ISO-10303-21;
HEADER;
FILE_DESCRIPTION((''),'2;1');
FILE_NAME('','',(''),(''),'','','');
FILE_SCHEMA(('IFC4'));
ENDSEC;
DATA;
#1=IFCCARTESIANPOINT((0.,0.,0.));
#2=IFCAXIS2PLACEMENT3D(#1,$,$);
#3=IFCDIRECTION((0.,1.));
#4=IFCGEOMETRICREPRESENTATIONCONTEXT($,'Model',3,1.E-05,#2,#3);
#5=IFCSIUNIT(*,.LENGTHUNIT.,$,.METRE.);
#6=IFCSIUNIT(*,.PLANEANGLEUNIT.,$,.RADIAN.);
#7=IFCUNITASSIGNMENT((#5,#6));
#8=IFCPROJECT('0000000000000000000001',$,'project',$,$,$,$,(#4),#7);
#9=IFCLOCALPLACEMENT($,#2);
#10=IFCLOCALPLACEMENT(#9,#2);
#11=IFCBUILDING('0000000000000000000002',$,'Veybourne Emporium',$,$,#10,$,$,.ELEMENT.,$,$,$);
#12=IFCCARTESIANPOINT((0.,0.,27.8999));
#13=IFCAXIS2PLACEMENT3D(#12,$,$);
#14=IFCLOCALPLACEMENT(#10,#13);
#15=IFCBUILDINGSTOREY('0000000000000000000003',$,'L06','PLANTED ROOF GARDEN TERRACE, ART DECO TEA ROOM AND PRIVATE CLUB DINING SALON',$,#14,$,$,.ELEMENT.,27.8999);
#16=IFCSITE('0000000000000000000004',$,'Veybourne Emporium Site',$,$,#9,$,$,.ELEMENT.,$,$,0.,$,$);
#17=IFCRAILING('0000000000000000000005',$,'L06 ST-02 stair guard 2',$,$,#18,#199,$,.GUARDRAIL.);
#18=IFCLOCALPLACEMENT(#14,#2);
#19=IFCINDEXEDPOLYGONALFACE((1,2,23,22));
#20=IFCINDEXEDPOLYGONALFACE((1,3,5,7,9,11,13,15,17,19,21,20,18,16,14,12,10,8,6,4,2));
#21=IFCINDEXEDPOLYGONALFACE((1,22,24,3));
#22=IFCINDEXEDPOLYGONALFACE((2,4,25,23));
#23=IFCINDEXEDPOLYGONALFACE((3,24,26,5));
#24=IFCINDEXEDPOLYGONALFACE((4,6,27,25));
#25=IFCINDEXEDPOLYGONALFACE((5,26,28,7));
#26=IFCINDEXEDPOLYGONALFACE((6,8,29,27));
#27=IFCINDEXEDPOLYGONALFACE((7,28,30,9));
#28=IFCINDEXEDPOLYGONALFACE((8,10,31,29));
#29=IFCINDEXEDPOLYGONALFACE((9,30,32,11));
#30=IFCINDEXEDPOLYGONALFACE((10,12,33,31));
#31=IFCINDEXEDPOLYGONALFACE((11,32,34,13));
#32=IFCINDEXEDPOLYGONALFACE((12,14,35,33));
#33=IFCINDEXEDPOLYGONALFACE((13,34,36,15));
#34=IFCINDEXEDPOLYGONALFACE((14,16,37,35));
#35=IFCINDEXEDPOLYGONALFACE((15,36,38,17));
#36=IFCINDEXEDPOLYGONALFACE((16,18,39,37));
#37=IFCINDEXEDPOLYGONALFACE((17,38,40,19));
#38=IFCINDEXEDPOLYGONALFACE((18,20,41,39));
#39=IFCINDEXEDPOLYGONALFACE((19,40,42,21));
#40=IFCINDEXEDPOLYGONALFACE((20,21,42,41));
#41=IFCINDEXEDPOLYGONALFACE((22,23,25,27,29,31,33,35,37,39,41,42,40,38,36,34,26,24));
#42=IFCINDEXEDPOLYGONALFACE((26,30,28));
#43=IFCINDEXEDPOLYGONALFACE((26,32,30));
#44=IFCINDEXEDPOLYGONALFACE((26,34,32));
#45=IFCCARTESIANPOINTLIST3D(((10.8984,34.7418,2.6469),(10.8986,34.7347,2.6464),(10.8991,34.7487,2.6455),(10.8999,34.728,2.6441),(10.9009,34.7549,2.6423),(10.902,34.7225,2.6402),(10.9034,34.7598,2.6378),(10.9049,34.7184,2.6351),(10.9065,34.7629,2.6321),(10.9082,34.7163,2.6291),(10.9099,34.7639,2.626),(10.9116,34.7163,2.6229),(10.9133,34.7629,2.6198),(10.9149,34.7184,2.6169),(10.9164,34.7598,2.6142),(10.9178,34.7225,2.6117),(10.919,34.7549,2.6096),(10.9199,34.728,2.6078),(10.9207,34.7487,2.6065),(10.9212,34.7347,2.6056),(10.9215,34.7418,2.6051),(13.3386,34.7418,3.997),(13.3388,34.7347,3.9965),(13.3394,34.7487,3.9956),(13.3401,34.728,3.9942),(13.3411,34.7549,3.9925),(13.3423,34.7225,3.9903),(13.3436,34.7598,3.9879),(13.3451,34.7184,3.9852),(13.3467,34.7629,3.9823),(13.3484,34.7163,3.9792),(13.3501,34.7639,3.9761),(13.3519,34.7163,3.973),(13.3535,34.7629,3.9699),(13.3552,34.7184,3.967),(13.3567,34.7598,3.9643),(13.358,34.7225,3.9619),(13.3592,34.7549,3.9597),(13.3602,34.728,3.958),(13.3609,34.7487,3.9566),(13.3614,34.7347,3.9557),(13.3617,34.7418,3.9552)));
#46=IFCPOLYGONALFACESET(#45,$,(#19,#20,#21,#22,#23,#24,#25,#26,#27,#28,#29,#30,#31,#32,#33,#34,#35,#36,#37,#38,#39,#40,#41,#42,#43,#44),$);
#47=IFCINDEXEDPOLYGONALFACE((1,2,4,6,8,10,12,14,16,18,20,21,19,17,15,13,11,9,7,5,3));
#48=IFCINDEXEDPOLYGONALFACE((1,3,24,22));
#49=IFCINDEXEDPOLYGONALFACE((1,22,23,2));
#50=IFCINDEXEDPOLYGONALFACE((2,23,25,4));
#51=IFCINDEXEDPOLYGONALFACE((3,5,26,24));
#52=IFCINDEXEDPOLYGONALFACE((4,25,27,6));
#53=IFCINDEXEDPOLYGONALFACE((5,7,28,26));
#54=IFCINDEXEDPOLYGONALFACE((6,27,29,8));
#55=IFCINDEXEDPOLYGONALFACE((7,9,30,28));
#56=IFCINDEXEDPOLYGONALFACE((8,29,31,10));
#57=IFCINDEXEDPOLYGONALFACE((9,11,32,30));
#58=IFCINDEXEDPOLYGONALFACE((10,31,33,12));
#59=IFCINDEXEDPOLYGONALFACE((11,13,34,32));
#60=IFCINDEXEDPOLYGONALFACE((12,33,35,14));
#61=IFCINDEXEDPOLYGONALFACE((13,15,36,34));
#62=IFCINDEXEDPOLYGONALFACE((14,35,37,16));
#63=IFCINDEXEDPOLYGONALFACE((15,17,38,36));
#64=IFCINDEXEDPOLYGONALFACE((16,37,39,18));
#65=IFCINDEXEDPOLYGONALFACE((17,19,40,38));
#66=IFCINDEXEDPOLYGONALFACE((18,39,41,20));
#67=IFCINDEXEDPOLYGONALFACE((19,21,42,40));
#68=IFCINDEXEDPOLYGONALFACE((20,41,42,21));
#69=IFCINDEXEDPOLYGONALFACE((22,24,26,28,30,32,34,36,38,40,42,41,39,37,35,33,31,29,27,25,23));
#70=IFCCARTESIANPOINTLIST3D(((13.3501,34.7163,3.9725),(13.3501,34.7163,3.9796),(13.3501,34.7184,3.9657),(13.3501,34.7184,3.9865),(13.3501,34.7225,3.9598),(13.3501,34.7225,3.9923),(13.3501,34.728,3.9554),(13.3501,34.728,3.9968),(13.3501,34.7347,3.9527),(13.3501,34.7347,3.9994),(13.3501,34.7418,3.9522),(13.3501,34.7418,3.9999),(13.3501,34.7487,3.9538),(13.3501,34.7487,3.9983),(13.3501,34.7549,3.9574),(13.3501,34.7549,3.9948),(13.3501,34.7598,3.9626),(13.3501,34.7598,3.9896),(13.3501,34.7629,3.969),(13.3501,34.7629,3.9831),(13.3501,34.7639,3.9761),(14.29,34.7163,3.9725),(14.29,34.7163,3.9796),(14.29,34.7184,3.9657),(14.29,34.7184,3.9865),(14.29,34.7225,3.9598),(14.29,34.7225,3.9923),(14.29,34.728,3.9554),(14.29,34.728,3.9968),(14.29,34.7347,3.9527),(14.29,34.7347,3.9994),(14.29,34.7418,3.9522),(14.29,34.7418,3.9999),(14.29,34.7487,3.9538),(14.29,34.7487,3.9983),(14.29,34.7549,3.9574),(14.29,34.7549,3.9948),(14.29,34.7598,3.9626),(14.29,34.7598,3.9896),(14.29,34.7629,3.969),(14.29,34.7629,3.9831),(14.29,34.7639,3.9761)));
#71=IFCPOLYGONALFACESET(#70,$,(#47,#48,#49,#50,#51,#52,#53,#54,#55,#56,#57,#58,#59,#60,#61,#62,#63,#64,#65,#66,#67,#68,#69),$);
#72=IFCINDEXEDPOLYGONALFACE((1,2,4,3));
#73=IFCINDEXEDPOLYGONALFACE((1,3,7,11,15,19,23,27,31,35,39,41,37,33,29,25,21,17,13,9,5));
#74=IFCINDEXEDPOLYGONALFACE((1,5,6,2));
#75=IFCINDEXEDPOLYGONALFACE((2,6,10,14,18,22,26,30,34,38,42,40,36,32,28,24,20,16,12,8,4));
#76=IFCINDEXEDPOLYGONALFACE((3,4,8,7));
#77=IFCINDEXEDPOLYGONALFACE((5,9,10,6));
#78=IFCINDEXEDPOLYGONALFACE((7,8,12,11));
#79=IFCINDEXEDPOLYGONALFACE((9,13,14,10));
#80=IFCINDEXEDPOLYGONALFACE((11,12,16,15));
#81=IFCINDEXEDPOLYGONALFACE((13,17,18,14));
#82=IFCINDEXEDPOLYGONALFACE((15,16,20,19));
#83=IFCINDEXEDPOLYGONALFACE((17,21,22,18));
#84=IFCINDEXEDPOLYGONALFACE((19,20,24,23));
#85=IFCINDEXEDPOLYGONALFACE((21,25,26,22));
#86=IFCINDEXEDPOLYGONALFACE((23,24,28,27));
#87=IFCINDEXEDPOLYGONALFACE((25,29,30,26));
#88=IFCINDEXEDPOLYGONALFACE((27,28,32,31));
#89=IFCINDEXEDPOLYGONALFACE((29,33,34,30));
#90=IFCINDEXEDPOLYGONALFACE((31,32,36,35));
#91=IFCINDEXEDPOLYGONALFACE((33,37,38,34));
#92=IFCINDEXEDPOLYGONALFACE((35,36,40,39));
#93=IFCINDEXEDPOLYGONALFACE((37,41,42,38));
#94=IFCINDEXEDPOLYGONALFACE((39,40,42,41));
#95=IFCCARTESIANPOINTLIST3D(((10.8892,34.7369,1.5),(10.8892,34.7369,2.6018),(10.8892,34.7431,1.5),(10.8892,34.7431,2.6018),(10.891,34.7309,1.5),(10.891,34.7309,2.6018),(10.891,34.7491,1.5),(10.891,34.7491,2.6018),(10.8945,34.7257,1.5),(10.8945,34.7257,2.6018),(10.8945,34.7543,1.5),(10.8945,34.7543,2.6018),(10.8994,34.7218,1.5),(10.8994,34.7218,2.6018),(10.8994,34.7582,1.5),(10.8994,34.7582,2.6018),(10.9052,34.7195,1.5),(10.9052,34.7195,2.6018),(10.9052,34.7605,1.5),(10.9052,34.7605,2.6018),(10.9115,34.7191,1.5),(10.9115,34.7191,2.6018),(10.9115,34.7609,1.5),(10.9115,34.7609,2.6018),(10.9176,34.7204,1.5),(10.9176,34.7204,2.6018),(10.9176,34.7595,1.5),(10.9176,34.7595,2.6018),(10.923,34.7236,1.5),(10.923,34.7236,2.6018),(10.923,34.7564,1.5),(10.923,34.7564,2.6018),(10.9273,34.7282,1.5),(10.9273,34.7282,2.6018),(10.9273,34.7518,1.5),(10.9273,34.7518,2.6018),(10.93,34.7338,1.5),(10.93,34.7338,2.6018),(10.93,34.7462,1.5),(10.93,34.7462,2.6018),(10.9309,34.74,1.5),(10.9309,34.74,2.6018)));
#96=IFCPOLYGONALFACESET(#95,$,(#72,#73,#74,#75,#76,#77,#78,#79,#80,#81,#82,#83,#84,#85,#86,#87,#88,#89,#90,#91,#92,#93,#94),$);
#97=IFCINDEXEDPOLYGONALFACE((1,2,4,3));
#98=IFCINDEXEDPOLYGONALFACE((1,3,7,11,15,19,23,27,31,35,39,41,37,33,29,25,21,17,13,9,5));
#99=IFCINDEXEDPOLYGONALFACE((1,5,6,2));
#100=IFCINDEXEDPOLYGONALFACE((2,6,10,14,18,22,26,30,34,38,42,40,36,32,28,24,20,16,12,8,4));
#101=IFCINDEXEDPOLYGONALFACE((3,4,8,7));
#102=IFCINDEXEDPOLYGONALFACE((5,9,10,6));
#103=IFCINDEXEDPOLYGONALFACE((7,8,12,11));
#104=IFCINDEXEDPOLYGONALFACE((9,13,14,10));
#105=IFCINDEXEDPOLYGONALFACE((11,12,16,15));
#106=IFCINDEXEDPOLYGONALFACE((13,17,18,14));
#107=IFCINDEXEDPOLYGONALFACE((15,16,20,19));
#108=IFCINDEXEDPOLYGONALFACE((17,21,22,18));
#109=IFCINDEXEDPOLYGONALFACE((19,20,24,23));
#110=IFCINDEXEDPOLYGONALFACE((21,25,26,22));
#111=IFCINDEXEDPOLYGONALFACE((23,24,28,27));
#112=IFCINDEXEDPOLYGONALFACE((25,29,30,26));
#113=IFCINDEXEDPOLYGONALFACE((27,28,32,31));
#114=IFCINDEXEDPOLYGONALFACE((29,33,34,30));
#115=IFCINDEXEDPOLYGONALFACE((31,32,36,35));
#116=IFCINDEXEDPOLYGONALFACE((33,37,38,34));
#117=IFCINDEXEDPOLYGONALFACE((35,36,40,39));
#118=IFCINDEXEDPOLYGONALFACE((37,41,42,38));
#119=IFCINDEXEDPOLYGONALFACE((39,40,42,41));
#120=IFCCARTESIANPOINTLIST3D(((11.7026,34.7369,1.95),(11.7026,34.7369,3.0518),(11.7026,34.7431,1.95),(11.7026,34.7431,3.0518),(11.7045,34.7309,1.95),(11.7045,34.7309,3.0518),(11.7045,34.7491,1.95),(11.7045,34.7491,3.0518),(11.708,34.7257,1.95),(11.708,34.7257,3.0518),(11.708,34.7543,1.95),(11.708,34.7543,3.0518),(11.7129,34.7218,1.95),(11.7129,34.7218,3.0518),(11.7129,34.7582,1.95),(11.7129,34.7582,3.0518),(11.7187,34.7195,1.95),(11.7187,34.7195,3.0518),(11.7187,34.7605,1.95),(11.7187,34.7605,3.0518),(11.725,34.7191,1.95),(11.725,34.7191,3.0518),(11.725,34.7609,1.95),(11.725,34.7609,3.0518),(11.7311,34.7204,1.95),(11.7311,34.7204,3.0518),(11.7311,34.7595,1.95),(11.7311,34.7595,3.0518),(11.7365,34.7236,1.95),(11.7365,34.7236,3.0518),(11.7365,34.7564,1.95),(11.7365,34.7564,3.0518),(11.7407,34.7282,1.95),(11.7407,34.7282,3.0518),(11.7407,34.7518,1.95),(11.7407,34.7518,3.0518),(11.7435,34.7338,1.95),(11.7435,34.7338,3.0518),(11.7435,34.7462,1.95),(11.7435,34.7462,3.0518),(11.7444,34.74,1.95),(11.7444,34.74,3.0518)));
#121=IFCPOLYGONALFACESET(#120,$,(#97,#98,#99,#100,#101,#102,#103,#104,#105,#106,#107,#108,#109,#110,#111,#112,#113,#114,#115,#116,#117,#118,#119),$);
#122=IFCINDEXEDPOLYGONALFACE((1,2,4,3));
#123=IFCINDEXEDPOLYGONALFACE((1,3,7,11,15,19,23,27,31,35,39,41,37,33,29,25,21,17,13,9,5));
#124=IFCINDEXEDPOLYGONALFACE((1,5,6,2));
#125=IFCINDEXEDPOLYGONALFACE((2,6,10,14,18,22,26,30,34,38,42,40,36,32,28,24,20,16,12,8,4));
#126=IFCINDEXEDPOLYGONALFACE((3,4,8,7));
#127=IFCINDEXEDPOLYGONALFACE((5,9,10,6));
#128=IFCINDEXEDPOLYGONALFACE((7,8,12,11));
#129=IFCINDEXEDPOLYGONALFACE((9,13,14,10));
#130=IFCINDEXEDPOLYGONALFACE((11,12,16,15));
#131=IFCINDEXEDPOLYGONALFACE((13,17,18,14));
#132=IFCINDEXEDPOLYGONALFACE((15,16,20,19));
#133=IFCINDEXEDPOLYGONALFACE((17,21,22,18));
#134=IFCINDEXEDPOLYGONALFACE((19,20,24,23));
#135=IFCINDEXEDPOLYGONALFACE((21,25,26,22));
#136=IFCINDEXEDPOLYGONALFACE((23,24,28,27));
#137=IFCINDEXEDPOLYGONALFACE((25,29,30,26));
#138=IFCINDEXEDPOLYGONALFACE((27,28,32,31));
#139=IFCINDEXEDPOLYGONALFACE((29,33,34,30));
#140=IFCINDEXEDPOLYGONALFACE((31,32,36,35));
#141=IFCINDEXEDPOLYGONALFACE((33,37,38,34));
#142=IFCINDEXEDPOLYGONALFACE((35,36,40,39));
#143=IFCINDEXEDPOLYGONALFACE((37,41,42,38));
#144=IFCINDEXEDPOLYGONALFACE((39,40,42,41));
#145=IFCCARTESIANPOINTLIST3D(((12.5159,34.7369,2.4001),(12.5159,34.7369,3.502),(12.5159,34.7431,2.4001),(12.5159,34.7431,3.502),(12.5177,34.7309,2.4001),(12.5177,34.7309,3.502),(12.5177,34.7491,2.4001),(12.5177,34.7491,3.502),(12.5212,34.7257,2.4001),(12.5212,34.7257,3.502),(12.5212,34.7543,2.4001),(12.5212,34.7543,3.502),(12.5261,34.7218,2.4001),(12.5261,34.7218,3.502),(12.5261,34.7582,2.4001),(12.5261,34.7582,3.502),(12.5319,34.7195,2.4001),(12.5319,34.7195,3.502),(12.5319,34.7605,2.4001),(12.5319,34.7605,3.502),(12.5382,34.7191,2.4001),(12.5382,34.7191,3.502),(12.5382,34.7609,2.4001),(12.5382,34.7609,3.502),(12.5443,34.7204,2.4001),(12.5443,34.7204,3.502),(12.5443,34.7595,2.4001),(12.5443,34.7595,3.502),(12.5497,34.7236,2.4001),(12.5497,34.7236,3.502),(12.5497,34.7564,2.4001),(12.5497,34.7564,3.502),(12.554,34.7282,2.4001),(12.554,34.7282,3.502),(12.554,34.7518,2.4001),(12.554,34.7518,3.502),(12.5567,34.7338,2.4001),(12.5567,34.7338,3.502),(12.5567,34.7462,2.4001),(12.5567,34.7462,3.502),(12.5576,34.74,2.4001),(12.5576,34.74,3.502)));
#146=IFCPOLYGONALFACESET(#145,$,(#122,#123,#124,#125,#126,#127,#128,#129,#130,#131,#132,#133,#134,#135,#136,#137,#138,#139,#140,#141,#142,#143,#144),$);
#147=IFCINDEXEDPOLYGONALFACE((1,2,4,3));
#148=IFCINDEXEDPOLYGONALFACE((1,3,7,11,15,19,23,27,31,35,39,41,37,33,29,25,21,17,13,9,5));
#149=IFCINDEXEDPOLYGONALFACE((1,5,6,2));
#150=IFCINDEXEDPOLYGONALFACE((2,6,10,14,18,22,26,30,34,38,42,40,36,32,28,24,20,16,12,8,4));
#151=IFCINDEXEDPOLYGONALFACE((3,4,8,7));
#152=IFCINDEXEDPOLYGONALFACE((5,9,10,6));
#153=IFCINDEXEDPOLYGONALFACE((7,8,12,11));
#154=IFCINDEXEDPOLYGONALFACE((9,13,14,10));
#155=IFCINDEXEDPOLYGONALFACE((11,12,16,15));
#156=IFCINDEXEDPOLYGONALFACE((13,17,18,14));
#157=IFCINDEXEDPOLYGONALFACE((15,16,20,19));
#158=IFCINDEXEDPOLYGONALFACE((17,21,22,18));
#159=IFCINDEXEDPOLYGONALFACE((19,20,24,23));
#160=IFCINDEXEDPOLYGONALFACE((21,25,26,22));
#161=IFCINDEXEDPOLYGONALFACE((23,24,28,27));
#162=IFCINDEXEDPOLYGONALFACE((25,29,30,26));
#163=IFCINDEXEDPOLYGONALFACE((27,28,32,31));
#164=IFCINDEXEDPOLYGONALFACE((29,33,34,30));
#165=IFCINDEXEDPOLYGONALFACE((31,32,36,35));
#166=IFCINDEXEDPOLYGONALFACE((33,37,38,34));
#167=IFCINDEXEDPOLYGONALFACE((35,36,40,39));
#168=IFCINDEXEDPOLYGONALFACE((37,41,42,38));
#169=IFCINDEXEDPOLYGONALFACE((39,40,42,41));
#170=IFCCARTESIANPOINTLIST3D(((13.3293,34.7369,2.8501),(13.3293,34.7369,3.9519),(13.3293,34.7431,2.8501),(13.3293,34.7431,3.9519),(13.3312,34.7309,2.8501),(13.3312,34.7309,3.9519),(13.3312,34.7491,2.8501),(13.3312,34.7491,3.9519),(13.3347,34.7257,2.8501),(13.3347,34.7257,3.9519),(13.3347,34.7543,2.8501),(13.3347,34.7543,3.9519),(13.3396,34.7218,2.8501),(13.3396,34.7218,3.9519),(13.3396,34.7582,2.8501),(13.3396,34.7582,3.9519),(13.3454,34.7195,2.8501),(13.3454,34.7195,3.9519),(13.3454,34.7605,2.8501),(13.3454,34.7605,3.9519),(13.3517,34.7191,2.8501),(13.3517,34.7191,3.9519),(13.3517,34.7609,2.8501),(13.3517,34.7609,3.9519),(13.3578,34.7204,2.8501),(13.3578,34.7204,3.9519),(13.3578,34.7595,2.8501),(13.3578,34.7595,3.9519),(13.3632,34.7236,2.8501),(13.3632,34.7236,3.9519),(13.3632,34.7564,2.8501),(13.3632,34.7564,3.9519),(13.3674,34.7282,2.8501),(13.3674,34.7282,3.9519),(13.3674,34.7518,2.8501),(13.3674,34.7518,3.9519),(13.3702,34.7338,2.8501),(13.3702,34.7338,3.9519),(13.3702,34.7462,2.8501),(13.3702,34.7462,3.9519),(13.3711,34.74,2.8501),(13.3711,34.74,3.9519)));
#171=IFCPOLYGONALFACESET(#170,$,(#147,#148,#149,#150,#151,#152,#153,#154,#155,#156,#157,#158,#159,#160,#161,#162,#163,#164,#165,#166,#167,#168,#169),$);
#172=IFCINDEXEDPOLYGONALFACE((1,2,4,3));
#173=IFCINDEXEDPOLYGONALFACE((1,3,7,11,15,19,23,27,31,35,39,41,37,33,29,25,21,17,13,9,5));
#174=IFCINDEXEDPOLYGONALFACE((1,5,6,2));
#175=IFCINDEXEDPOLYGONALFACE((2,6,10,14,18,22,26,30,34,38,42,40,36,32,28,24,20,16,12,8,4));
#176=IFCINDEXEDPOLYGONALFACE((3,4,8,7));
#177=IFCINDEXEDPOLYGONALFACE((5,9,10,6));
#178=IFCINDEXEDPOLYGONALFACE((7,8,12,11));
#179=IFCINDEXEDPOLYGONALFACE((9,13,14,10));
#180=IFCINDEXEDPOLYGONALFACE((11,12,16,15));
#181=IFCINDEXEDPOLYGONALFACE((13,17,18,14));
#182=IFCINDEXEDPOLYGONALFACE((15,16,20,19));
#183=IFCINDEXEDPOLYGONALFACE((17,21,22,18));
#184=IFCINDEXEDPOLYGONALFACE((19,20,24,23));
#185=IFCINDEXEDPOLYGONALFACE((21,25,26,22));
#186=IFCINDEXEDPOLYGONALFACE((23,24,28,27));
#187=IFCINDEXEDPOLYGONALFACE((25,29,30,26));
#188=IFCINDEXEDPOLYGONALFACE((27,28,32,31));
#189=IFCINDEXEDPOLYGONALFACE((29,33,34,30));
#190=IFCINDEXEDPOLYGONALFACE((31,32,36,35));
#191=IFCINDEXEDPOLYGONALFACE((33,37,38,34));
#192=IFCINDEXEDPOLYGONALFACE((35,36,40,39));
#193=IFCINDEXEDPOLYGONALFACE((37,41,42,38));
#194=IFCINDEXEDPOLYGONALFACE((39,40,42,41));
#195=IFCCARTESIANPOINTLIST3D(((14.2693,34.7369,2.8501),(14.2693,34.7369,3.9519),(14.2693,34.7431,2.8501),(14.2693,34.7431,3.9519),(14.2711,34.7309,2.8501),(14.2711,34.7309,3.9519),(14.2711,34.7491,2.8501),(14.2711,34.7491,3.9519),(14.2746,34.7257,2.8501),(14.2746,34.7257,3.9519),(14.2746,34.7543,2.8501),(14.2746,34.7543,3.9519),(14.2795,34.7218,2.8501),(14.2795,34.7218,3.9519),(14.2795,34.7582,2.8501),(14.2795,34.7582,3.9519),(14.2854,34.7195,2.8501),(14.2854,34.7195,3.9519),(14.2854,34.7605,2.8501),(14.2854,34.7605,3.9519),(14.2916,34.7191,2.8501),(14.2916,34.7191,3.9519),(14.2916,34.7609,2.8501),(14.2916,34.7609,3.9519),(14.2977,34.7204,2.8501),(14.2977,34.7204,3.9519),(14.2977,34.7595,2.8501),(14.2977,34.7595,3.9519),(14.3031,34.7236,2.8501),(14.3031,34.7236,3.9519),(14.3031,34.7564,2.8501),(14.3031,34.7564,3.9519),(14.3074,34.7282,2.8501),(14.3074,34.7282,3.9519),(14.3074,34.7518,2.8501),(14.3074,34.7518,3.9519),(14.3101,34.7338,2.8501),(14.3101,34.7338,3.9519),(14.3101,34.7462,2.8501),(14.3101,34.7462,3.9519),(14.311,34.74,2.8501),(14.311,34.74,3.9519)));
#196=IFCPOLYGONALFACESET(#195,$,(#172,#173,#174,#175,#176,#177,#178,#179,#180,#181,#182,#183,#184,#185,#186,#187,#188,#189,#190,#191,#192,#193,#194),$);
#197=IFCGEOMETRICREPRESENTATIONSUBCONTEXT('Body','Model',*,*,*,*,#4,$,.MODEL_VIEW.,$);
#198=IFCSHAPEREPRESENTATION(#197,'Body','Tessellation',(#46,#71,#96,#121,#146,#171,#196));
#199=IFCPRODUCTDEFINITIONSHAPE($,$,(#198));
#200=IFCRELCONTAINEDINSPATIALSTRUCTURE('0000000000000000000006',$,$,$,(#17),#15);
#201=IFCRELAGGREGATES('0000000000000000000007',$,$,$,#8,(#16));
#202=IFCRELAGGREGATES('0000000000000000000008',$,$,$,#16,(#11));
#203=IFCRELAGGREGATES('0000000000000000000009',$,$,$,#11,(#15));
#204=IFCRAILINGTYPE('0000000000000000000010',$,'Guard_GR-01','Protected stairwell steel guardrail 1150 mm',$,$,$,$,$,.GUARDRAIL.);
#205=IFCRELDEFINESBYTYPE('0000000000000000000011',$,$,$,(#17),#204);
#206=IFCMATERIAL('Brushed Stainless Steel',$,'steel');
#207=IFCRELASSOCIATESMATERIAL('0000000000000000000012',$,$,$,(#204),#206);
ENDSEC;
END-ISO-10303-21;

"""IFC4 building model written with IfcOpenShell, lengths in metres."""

from ifc_helpers import new_model, si_unit, direction, frame, origin, origin_2d, place, context, subcontext, project, spatial, circle, extrude, material, type_object, element, save


model = new_model("IFC4")

# Units and contexts
model_context = context("Model", 3, precision=1e-05, world=origin(), true_north=direction((0.0, 1.0)))
body_context = subcontext(model_context, "Body", "Model", "MODEL_VIEW")
ifc_project = project(units=[si_unit("LENGTHUNIT", "METRE"), si_unit("PLANEANGLEUNIT", "RADIAN")], contexts=[model_context])

# Site, building, storey
site_placement = place(None, origin())
site = spatial("IfcSite", under=ifc_project, at=site_placement, Name="Veybourne Emporium Site", CompositionType="ELEMENT", RefElevation=0.0)
building_placement = place(site_placement, origin())
building = spatial("IfcBuilding", under=site, at=building_placement, Name="Veybourne Emporium", CompositionType="ELEMENT")
storey_placement = place(building_placement, frame((0.0, 0.0, 27.8999)))
storey = spatial("IfcBuildingStorey", under=building, at=storey_placement, Name="L06", Description="PLANTED ROOF GARDEN TERRACE, ART DECO TEA ROOM AND PRIVATE CLUB DINING SALON", CompositionType="ELEMENT", Elevation=27.8999)

# Railing
ifc_material_1 = material(Name="Brushed Stainless Steel", Category="steel")
railing_type_1 = type_object("IfcRailingType", Name="Guard_GR-01", Description="Protected stairwell steel guardrail 1150 mm", PredefinedType="GUARDRAIL", material=ifc_material_1)
railing_1_placement = place(storey_placement, frame((10.9099, 34.74, 1.5)))
element("IfcRailing", 1, at=railing_1_placement, inside=storey, type_object=railing_type_1, Name="L06 ST-02 stair guard 2", PredefinedType="GUARDRAIL", context=body_context, shape_type="SweptSolid", body=[
    extrude(circle(Radius=0.0239, at=origin_2d()), frame((0.0, 0.0, 1.126), z_axis=(0.875002, 0.0, 0.484118), x_axis=(0.0, 1.0, 0.0)), (0.0, 0.0, 1.0), 2.7888),
    extrude(circle(Radius=0.0239, at=origin_2d()), frame((2.4402, 0.0, 2.4761), z_axis=(1.0, 0.0, 0.0), x_axis=(0.0, 1.0, 0.0)), (0.0, 0.0, 1.0), 0.9399),
    extrude(circle(Radius=0.021, at=origin_2d()), origin(), (0.0, 0.0, 1.0), 1.1018),
    extrude(circle(Radius=0.021, at=origin_2d()), frame((0.8135, 0.0, 0.45)), (0.0, 0.0, 1.0), 1.1018),
    extrude(circle(Radius=0.021, at=origin_2d()), frame((1.6267, 0.0, 0.9001)), (0.0, 0.0, 1.0), 1.1018),
    extrude(circle(Radius=0.021, at=origin_2d()), frame((2.4402, 0.0, 1.3501)), (0.0, 0.0, 1.0), 1.1018),
    extrude(circle(Radius=0.021, at=origin_2d()), frame((3.3801, 0.0, 1.3501)), (0.0, 0.0, 1.0), 1.1018),
])

save(model, "model.ifc")
